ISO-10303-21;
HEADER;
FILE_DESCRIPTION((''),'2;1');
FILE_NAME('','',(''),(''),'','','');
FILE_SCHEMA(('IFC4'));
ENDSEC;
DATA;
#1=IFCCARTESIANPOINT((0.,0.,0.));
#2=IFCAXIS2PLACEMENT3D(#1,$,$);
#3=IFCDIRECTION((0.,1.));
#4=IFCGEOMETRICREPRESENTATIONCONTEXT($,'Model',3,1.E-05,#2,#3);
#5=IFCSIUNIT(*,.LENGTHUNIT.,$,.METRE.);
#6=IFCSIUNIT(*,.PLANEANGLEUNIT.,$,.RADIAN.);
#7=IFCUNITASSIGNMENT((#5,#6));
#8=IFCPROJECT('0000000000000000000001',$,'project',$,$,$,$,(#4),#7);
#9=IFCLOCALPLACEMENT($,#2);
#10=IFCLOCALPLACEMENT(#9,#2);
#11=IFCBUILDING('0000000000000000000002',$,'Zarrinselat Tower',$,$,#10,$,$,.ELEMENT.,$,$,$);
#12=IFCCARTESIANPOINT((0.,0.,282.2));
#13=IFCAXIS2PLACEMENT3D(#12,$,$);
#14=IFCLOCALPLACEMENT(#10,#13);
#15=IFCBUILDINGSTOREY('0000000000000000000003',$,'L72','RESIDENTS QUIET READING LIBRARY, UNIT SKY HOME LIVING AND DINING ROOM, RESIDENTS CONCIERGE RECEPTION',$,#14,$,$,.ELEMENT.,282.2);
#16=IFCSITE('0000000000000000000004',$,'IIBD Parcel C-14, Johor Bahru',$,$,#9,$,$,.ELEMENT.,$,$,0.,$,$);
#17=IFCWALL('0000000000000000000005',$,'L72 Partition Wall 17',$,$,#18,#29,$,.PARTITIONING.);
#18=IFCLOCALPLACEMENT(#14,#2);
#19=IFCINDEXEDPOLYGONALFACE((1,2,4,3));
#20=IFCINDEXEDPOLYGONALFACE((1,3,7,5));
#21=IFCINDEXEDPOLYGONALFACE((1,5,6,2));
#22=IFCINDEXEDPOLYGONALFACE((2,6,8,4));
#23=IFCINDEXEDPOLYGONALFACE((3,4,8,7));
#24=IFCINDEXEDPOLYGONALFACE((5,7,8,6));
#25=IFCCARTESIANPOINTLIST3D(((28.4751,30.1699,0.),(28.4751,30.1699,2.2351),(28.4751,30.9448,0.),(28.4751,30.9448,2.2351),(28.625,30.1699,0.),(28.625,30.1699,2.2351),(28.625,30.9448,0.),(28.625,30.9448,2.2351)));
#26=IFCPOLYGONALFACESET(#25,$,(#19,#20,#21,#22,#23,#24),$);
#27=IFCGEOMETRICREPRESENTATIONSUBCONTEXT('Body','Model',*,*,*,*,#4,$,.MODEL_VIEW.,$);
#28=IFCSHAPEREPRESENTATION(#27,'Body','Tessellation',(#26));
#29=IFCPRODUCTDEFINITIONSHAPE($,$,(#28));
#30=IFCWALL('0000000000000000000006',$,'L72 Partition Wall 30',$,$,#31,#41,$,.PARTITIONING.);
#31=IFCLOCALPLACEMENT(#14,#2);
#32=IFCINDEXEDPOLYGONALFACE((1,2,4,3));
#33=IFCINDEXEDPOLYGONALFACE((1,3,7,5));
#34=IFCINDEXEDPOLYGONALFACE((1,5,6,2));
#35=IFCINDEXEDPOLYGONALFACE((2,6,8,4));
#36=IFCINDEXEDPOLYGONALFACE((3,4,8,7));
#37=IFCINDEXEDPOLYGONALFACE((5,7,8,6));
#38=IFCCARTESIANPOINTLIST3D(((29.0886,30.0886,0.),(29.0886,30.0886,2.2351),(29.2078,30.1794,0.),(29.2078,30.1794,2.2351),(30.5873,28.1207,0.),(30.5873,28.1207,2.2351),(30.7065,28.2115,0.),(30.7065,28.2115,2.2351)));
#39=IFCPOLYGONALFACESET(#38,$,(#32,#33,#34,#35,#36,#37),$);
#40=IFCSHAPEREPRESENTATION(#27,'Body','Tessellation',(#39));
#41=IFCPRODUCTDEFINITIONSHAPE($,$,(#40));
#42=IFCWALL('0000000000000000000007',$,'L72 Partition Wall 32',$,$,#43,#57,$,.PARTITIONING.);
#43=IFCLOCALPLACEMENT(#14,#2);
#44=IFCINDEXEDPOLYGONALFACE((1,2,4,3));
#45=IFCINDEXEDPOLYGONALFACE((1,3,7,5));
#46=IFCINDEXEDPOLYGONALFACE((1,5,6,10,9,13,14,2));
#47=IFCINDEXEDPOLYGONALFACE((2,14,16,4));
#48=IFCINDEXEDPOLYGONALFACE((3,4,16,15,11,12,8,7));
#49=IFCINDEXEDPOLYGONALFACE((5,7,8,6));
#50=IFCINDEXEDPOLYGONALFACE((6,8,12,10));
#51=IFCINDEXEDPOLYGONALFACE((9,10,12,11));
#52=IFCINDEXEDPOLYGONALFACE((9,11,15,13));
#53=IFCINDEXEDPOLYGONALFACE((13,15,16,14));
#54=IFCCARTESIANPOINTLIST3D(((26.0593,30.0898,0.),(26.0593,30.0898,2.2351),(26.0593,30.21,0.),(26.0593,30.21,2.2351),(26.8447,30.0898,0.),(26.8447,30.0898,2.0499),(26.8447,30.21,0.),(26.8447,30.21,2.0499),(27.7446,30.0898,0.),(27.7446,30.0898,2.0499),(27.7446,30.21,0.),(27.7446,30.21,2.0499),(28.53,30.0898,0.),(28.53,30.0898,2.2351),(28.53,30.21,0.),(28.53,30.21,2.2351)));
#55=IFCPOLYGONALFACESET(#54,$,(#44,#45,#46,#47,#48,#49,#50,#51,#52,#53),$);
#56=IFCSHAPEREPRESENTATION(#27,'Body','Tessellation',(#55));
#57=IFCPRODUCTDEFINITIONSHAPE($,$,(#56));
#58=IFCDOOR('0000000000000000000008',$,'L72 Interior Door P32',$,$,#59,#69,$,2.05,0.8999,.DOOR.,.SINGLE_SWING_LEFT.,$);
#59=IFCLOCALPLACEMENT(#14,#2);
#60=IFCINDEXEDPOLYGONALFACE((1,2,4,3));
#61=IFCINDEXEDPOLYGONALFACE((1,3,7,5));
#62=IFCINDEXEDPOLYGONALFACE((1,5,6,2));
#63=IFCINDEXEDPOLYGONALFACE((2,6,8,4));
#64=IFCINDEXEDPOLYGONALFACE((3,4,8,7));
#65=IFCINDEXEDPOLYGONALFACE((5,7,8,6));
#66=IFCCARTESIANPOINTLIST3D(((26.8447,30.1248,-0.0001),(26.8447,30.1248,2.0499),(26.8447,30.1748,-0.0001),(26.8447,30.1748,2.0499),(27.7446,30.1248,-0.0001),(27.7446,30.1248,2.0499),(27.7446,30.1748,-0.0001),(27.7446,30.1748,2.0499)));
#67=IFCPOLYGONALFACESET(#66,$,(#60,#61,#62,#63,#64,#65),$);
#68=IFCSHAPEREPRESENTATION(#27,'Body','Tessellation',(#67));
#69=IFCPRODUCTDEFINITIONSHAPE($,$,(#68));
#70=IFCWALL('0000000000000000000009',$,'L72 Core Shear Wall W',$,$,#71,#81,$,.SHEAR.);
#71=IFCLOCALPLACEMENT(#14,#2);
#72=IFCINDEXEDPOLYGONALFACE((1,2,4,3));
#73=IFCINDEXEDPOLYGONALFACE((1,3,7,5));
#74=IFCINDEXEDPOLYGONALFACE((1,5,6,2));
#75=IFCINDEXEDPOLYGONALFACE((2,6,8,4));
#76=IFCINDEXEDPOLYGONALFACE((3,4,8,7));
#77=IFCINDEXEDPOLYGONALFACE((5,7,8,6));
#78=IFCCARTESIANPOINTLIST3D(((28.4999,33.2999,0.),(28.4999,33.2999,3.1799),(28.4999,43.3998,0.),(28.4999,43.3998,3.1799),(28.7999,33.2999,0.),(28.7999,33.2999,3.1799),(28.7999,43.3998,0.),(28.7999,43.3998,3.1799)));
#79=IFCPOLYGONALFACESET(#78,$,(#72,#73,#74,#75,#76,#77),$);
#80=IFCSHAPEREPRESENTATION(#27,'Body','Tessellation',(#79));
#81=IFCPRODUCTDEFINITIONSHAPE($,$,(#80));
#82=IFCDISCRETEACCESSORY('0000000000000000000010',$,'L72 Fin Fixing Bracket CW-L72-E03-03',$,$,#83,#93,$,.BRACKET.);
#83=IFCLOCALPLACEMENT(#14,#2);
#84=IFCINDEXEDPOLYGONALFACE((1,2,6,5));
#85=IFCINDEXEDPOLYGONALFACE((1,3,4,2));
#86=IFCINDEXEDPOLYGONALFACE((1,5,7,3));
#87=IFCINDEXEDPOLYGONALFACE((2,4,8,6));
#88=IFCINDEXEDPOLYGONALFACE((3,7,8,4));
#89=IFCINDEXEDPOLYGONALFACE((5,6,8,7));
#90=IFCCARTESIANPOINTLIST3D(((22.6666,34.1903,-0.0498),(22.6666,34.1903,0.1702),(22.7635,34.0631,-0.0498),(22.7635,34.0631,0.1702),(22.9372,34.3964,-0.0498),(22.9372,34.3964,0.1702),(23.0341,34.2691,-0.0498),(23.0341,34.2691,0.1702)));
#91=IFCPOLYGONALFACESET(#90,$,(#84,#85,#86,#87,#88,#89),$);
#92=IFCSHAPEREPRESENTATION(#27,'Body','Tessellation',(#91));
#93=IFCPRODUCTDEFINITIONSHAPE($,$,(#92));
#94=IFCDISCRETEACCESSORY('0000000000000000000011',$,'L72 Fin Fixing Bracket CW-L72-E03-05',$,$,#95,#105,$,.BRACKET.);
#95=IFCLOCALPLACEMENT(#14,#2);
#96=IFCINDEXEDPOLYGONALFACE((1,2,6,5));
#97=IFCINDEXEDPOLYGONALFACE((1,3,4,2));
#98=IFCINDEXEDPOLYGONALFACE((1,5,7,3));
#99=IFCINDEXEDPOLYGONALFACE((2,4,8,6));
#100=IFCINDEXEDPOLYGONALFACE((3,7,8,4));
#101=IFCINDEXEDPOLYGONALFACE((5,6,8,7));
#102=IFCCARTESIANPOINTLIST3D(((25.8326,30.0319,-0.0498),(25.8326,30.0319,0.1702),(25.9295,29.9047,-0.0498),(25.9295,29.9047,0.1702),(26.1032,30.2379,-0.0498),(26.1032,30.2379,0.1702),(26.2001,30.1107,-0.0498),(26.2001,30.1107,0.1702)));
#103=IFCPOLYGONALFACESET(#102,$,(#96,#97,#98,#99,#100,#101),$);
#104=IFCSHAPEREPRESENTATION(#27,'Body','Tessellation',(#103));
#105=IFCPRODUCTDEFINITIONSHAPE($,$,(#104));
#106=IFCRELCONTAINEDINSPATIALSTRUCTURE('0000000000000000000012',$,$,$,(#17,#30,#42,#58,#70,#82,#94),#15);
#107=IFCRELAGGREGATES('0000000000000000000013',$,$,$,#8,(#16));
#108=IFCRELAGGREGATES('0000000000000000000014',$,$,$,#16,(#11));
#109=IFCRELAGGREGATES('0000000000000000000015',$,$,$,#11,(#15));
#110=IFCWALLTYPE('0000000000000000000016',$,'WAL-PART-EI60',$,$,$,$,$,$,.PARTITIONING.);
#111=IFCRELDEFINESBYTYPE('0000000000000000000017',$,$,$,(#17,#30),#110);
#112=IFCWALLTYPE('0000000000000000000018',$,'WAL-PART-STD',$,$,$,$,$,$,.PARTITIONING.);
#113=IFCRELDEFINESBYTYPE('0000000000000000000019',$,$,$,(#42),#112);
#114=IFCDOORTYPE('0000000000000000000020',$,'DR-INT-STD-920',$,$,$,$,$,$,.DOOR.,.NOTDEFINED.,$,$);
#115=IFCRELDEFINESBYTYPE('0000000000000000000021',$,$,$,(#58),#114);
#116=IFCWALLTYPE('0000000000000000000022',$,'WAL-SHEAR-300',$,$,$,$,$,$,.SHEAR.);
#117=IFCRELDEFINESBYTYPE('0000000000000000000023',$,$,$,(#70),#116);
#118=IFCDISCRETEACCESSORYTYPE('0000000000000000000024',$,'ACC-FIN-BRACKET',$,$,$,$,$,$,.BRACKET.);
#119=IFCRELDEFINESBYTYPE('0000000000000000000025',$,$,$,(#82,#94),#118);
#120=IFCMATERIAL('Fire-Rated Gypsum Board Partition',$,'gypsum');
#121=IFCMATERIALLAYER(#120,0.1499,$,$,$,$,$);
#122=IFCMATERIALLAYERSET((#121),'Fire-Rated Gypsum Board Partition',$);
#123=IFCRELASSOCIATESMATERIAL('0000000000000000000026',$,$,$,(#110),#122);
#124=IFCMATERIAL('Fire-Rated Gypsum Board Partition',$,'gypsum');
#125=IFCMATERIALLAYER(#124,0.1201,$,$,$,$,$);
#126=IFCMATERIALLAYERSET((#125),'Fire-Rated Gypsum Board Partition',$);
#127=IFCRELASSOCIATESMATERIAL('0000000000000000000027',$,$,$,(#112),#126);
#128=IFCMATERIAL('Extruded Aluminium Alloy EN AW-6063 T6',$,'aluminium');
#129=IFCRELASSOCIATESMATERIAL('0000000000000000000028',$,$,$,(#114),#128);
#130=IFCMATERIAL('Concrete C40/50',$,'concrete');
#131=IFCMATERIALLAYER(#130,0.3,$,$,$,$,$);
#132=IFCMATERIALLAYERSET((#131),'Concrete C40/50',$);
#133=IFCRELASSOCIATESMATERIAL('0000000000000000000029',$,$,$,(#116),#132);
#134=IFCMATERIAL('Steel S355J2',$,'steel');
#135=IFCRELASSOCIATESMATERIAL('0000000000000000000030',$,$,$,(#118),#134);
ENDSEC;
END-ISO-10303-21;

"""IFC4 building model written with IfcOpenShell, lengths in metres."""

from ifc_helpers import new_model, si_unit, direction, frame, frame_2d, origin, origin_2d, place, context, subcontext, project, spatial, rectangle, extrude, material, layer, layer_set, type_object, element, fill, save


model = new_model("IFC4")

# Units and contexts
model_context = context("Model", 3, precision=1e-05, world=origin(), true_north=direction((0.0, 1.0)))
body_context = subcontext(model_context, "Body", "Model", "MODEL_VIEW")
ifc_project = project(units=[si_unit("LENGTHUNIT", "METRE"), si_unit("PLANEANGLEUNIT", "RADIAN")], contexts=[model_context])

# Site, building, storey
site_placement = place(None, origin())
site = spatial("IfcSite", under=ifc_project, at=site_placement, Name="IIBD Parcel C-14, Johor Bahru", CompositionType="ELEMENT", RefElevation=0.0)
building_placement = place(site_placement, origin())
building = spatial("IfcBuilding", under=site, at=building_placement, Name="Zarrinselat Tower", CompositionType="ELEMENT")
storey_placement = place(building_placement, frame((0.0, 0.0, 282.2)))
storey = spatial("IfcBuildingStorey", under=building, at=storey_placement, Name="L72", Description="RESIDENTS QUIET READING LIBRARY, UNIT SKY HOME LIVING AND DINING ROOM, RESIDENTS CONCIERGE RECEPTION", CompositionType="ELEMENT", Elevation=282.2)

# Shared definitions
ifc_material_1 = material(Name="Fire-Rated Gypsum Board Partition", Category="gypsum")
ifc_layer_1 = layer(ifc_material_1, 0.1499)
ifc_layer_set_1 = layer_set([ifc_layer_1], Name="Fire-Rated Gypsum Board Partition")
wall_type_1 = type_object("IfcWallType", Name="WAL-PART-EI60", PredefinedType="PARTITIONING", material=ifc_layer_set_1)

# Walls
wall_1_placement = place(storey_placement, frame((28.55, 30.1699, 0.0), z_axis=(0.0, 0.0, 1.0), x_axis=(0.0, 1.0, 0.0)))
element("IfcWall", 1, at=wall_1_placement, inside=storey, type_object=wall_type_1, Name="L72 Partition Wall 17", PredefinedType="PARTITIONING", context=body_context, shape_type="SweptSolid", body=[
    extrude(rectangle(XDim=0.7749, YDim=0.1499, at=frame_2d((0.3875, 0.0))), origin(), (0.0, 0.0, 1.0), 2.2351),
])
wall_2_placement = place(storey_placement, frame((29.1482, 30.134, 0.0), z_axis=(0.0, 0.0, 1.0), x_axis=(0.605874, -0.795561, 0.0)))
element("IfcWall", 2, at=wall_2_placement, inside=storey, type_object=wall_type_1, Name="L72 Partition Wall 30", PredefinedType="PARTITIONING", context=body_context, shape_type="SweptSolid", body=[
    extrude(rectangle(XDim=2.4736, YDim=0.1499, at=frame_2d((1.2368, 0.0))), origin(), (0.0, 0.0, 1.0), 2.2351),
])

# Wall, opening, door
ifc_material_2 = material(Name="Fire-Rated Gypsum Board Partition", Category="gypsum")
ifc_layer_2 = layer(ifc_material_2, 0.1201)
ifc_layer_set_2 = layer_set([ifc_layer_2], Name="Fire-Rated Gypsum Board Partition")
wall_type_2 = type_object("IfcWallType", Name="WAL-PART-STD", PredefinedType="PARTITIONING", material=ifc_layer_set_2)
wall_3_placement = place(storey_placement, frame((26.0593, 30.1499, 0.0), z_axis=(0.0, 0.0, 1.0), x_axis=(1.0, 0.0, 0.0)))
wall_3 = element("IfcWall", 3, at=wall_3_placement, inside=storey, type_object=wall_type_2, Name="L72 Partition Wall 32", PredefinedType="PARTITIONING", context=body_context, shape_type="SweptSolid", body=[
    extrude(rectangle(XDim=2.4707, YDim=0.1201, at=frame_2d((1.2354, 0.0))), origin(), (0.0, 0.0, 1.0), 2.2351),
])
opening_1_placement = place(wall_3_placement, frame((0.7854, 0.0, 0.0)))
opening_1 = element("IfcOpeningElement", 4, at=opening_1_placement, cuts=wall_3, PredefinedType="OPENING", context=body_context, shape_type="SweptSolid", body=[
    extrude(rectangle(XDim=0.8999, YDim=2.05, at=frame_2d((0.45, 1.0249))), frame((0.0, 0.0701, 0.0), z_axis=(0.0, -1.0, 0.0), x_axis=(1.0, 0.0, 0.0)), (0.0, 0.0, 1.0), 0.1401),
])
ifc_material_3 = material(Name="Extruded Aluminium Alloy EN AW-6063 T6", Category="aluminium")
door_type_1 = type_object("IfcDoorType", Name="DR-INT-STD-920", OperationType="NOTDEFINED", PredefinedType="DOOR", material=ifc_material_3)
door_1_placement = place(opening_1_placement, origin())
door_1 = element("IfcDoor", 5, at=door_1_placement, inside=storey, type_object=door_type_1, Name="L72 Interior Door P32", OperationType="SINGLE_SWING_LEFT", OverallHeight=2.05, OverallWidth=0.8999, PredefinedType="DOOR", context=body_context, shape_type="SweptSolid", body=[
    extrude(rectangle(XDim=0.8999, YDim=2.05, at=frame_2d((0.45, 1.0249))), frame((0.0, 0.0249, 0.0), z_axis=(0.0, -1.0, 0.0), x_axis=(1.0, 0.0, 0.0)), (0.0, 0.0, 1.0), 0.05),
])
fill(opening_1, door_1)

# Shared definitions
ifc_material_4 = material(Name="Concrete C40/50", Category="concrete")
ifc_layer_3 = layer(ifc_material_4, 0.3)
ifc_layer_set_3 = layer_set([ifc_layer_3], Name="Concrete C40/50")
wall_type_3 = type_object("IfcWallType", Name="WAL-SHEAR-300", PredefinedType="SHEAR", material=ifc_layer_set_3)

# Wall
wall_4_placement = place(storey_placement, frame((28.6499, 33.3, 0.0), z_axis=(0.0, 0.0, 1.0), x_axis=(0.0, 1.0, 0.0)))
element("IfcWall", 6, at=wall_4_placement, inside=storey, type_object=wall_type_3, Name="L72 Core Shear Wall W", PredefinedType="SHEAR", context=body_context, shape_type="SweptSolid", body=[
    extrude(rectangle(XDim=10.0999, YDim=0.3, at=frame_2d((5.0498, 0.0))), origin(), (0.0, 0.0, 1.0), 3.1799),
])

# Discrete accessories
ifc_material_5 = material(Name="Steel S355J2", Category="steel")
discrete_accessory_type = type_object("IfcDiscreteAccessoryType", Name="ACC-FIN-BRACKET", PredefinedType="BRACKET", material=ifc_material_5)
for number, where, z_axis, x_axis, name in (
    (7, (22.8503, 34.2297, -0.0498), (0.0, 0.0, 1.0), (-0.795642, -0.605767, 0.0), "L72 Fin Fixing Bracket CW-L72-E03-03"),
    (8, (26.0164, 30.0713, -0.0498), (0.0, 0.0, 1.0), (-0.795642, -0.605767, 0.0), "L72 Fin Fixing Bracket CW-L72-E03-05"),
):
    element("IfcDiscreteAccessory", number, at=place(storey_placement, frame(where, z_axis=z_axis, x_axis=x_axis)), inside=storey, type_object=discrete_accessory_type, Name=name, PredefinedType="BRACKET", context=body_context, shape_type="SweptSolid", body=[
        extrude(rectangle(XDim=0.3401, YDim=0.1599, at=origin_2d()), origin(), (0.0, 0.0, 1.0), 0.22),
    ])

save(model, "model.ifc")
